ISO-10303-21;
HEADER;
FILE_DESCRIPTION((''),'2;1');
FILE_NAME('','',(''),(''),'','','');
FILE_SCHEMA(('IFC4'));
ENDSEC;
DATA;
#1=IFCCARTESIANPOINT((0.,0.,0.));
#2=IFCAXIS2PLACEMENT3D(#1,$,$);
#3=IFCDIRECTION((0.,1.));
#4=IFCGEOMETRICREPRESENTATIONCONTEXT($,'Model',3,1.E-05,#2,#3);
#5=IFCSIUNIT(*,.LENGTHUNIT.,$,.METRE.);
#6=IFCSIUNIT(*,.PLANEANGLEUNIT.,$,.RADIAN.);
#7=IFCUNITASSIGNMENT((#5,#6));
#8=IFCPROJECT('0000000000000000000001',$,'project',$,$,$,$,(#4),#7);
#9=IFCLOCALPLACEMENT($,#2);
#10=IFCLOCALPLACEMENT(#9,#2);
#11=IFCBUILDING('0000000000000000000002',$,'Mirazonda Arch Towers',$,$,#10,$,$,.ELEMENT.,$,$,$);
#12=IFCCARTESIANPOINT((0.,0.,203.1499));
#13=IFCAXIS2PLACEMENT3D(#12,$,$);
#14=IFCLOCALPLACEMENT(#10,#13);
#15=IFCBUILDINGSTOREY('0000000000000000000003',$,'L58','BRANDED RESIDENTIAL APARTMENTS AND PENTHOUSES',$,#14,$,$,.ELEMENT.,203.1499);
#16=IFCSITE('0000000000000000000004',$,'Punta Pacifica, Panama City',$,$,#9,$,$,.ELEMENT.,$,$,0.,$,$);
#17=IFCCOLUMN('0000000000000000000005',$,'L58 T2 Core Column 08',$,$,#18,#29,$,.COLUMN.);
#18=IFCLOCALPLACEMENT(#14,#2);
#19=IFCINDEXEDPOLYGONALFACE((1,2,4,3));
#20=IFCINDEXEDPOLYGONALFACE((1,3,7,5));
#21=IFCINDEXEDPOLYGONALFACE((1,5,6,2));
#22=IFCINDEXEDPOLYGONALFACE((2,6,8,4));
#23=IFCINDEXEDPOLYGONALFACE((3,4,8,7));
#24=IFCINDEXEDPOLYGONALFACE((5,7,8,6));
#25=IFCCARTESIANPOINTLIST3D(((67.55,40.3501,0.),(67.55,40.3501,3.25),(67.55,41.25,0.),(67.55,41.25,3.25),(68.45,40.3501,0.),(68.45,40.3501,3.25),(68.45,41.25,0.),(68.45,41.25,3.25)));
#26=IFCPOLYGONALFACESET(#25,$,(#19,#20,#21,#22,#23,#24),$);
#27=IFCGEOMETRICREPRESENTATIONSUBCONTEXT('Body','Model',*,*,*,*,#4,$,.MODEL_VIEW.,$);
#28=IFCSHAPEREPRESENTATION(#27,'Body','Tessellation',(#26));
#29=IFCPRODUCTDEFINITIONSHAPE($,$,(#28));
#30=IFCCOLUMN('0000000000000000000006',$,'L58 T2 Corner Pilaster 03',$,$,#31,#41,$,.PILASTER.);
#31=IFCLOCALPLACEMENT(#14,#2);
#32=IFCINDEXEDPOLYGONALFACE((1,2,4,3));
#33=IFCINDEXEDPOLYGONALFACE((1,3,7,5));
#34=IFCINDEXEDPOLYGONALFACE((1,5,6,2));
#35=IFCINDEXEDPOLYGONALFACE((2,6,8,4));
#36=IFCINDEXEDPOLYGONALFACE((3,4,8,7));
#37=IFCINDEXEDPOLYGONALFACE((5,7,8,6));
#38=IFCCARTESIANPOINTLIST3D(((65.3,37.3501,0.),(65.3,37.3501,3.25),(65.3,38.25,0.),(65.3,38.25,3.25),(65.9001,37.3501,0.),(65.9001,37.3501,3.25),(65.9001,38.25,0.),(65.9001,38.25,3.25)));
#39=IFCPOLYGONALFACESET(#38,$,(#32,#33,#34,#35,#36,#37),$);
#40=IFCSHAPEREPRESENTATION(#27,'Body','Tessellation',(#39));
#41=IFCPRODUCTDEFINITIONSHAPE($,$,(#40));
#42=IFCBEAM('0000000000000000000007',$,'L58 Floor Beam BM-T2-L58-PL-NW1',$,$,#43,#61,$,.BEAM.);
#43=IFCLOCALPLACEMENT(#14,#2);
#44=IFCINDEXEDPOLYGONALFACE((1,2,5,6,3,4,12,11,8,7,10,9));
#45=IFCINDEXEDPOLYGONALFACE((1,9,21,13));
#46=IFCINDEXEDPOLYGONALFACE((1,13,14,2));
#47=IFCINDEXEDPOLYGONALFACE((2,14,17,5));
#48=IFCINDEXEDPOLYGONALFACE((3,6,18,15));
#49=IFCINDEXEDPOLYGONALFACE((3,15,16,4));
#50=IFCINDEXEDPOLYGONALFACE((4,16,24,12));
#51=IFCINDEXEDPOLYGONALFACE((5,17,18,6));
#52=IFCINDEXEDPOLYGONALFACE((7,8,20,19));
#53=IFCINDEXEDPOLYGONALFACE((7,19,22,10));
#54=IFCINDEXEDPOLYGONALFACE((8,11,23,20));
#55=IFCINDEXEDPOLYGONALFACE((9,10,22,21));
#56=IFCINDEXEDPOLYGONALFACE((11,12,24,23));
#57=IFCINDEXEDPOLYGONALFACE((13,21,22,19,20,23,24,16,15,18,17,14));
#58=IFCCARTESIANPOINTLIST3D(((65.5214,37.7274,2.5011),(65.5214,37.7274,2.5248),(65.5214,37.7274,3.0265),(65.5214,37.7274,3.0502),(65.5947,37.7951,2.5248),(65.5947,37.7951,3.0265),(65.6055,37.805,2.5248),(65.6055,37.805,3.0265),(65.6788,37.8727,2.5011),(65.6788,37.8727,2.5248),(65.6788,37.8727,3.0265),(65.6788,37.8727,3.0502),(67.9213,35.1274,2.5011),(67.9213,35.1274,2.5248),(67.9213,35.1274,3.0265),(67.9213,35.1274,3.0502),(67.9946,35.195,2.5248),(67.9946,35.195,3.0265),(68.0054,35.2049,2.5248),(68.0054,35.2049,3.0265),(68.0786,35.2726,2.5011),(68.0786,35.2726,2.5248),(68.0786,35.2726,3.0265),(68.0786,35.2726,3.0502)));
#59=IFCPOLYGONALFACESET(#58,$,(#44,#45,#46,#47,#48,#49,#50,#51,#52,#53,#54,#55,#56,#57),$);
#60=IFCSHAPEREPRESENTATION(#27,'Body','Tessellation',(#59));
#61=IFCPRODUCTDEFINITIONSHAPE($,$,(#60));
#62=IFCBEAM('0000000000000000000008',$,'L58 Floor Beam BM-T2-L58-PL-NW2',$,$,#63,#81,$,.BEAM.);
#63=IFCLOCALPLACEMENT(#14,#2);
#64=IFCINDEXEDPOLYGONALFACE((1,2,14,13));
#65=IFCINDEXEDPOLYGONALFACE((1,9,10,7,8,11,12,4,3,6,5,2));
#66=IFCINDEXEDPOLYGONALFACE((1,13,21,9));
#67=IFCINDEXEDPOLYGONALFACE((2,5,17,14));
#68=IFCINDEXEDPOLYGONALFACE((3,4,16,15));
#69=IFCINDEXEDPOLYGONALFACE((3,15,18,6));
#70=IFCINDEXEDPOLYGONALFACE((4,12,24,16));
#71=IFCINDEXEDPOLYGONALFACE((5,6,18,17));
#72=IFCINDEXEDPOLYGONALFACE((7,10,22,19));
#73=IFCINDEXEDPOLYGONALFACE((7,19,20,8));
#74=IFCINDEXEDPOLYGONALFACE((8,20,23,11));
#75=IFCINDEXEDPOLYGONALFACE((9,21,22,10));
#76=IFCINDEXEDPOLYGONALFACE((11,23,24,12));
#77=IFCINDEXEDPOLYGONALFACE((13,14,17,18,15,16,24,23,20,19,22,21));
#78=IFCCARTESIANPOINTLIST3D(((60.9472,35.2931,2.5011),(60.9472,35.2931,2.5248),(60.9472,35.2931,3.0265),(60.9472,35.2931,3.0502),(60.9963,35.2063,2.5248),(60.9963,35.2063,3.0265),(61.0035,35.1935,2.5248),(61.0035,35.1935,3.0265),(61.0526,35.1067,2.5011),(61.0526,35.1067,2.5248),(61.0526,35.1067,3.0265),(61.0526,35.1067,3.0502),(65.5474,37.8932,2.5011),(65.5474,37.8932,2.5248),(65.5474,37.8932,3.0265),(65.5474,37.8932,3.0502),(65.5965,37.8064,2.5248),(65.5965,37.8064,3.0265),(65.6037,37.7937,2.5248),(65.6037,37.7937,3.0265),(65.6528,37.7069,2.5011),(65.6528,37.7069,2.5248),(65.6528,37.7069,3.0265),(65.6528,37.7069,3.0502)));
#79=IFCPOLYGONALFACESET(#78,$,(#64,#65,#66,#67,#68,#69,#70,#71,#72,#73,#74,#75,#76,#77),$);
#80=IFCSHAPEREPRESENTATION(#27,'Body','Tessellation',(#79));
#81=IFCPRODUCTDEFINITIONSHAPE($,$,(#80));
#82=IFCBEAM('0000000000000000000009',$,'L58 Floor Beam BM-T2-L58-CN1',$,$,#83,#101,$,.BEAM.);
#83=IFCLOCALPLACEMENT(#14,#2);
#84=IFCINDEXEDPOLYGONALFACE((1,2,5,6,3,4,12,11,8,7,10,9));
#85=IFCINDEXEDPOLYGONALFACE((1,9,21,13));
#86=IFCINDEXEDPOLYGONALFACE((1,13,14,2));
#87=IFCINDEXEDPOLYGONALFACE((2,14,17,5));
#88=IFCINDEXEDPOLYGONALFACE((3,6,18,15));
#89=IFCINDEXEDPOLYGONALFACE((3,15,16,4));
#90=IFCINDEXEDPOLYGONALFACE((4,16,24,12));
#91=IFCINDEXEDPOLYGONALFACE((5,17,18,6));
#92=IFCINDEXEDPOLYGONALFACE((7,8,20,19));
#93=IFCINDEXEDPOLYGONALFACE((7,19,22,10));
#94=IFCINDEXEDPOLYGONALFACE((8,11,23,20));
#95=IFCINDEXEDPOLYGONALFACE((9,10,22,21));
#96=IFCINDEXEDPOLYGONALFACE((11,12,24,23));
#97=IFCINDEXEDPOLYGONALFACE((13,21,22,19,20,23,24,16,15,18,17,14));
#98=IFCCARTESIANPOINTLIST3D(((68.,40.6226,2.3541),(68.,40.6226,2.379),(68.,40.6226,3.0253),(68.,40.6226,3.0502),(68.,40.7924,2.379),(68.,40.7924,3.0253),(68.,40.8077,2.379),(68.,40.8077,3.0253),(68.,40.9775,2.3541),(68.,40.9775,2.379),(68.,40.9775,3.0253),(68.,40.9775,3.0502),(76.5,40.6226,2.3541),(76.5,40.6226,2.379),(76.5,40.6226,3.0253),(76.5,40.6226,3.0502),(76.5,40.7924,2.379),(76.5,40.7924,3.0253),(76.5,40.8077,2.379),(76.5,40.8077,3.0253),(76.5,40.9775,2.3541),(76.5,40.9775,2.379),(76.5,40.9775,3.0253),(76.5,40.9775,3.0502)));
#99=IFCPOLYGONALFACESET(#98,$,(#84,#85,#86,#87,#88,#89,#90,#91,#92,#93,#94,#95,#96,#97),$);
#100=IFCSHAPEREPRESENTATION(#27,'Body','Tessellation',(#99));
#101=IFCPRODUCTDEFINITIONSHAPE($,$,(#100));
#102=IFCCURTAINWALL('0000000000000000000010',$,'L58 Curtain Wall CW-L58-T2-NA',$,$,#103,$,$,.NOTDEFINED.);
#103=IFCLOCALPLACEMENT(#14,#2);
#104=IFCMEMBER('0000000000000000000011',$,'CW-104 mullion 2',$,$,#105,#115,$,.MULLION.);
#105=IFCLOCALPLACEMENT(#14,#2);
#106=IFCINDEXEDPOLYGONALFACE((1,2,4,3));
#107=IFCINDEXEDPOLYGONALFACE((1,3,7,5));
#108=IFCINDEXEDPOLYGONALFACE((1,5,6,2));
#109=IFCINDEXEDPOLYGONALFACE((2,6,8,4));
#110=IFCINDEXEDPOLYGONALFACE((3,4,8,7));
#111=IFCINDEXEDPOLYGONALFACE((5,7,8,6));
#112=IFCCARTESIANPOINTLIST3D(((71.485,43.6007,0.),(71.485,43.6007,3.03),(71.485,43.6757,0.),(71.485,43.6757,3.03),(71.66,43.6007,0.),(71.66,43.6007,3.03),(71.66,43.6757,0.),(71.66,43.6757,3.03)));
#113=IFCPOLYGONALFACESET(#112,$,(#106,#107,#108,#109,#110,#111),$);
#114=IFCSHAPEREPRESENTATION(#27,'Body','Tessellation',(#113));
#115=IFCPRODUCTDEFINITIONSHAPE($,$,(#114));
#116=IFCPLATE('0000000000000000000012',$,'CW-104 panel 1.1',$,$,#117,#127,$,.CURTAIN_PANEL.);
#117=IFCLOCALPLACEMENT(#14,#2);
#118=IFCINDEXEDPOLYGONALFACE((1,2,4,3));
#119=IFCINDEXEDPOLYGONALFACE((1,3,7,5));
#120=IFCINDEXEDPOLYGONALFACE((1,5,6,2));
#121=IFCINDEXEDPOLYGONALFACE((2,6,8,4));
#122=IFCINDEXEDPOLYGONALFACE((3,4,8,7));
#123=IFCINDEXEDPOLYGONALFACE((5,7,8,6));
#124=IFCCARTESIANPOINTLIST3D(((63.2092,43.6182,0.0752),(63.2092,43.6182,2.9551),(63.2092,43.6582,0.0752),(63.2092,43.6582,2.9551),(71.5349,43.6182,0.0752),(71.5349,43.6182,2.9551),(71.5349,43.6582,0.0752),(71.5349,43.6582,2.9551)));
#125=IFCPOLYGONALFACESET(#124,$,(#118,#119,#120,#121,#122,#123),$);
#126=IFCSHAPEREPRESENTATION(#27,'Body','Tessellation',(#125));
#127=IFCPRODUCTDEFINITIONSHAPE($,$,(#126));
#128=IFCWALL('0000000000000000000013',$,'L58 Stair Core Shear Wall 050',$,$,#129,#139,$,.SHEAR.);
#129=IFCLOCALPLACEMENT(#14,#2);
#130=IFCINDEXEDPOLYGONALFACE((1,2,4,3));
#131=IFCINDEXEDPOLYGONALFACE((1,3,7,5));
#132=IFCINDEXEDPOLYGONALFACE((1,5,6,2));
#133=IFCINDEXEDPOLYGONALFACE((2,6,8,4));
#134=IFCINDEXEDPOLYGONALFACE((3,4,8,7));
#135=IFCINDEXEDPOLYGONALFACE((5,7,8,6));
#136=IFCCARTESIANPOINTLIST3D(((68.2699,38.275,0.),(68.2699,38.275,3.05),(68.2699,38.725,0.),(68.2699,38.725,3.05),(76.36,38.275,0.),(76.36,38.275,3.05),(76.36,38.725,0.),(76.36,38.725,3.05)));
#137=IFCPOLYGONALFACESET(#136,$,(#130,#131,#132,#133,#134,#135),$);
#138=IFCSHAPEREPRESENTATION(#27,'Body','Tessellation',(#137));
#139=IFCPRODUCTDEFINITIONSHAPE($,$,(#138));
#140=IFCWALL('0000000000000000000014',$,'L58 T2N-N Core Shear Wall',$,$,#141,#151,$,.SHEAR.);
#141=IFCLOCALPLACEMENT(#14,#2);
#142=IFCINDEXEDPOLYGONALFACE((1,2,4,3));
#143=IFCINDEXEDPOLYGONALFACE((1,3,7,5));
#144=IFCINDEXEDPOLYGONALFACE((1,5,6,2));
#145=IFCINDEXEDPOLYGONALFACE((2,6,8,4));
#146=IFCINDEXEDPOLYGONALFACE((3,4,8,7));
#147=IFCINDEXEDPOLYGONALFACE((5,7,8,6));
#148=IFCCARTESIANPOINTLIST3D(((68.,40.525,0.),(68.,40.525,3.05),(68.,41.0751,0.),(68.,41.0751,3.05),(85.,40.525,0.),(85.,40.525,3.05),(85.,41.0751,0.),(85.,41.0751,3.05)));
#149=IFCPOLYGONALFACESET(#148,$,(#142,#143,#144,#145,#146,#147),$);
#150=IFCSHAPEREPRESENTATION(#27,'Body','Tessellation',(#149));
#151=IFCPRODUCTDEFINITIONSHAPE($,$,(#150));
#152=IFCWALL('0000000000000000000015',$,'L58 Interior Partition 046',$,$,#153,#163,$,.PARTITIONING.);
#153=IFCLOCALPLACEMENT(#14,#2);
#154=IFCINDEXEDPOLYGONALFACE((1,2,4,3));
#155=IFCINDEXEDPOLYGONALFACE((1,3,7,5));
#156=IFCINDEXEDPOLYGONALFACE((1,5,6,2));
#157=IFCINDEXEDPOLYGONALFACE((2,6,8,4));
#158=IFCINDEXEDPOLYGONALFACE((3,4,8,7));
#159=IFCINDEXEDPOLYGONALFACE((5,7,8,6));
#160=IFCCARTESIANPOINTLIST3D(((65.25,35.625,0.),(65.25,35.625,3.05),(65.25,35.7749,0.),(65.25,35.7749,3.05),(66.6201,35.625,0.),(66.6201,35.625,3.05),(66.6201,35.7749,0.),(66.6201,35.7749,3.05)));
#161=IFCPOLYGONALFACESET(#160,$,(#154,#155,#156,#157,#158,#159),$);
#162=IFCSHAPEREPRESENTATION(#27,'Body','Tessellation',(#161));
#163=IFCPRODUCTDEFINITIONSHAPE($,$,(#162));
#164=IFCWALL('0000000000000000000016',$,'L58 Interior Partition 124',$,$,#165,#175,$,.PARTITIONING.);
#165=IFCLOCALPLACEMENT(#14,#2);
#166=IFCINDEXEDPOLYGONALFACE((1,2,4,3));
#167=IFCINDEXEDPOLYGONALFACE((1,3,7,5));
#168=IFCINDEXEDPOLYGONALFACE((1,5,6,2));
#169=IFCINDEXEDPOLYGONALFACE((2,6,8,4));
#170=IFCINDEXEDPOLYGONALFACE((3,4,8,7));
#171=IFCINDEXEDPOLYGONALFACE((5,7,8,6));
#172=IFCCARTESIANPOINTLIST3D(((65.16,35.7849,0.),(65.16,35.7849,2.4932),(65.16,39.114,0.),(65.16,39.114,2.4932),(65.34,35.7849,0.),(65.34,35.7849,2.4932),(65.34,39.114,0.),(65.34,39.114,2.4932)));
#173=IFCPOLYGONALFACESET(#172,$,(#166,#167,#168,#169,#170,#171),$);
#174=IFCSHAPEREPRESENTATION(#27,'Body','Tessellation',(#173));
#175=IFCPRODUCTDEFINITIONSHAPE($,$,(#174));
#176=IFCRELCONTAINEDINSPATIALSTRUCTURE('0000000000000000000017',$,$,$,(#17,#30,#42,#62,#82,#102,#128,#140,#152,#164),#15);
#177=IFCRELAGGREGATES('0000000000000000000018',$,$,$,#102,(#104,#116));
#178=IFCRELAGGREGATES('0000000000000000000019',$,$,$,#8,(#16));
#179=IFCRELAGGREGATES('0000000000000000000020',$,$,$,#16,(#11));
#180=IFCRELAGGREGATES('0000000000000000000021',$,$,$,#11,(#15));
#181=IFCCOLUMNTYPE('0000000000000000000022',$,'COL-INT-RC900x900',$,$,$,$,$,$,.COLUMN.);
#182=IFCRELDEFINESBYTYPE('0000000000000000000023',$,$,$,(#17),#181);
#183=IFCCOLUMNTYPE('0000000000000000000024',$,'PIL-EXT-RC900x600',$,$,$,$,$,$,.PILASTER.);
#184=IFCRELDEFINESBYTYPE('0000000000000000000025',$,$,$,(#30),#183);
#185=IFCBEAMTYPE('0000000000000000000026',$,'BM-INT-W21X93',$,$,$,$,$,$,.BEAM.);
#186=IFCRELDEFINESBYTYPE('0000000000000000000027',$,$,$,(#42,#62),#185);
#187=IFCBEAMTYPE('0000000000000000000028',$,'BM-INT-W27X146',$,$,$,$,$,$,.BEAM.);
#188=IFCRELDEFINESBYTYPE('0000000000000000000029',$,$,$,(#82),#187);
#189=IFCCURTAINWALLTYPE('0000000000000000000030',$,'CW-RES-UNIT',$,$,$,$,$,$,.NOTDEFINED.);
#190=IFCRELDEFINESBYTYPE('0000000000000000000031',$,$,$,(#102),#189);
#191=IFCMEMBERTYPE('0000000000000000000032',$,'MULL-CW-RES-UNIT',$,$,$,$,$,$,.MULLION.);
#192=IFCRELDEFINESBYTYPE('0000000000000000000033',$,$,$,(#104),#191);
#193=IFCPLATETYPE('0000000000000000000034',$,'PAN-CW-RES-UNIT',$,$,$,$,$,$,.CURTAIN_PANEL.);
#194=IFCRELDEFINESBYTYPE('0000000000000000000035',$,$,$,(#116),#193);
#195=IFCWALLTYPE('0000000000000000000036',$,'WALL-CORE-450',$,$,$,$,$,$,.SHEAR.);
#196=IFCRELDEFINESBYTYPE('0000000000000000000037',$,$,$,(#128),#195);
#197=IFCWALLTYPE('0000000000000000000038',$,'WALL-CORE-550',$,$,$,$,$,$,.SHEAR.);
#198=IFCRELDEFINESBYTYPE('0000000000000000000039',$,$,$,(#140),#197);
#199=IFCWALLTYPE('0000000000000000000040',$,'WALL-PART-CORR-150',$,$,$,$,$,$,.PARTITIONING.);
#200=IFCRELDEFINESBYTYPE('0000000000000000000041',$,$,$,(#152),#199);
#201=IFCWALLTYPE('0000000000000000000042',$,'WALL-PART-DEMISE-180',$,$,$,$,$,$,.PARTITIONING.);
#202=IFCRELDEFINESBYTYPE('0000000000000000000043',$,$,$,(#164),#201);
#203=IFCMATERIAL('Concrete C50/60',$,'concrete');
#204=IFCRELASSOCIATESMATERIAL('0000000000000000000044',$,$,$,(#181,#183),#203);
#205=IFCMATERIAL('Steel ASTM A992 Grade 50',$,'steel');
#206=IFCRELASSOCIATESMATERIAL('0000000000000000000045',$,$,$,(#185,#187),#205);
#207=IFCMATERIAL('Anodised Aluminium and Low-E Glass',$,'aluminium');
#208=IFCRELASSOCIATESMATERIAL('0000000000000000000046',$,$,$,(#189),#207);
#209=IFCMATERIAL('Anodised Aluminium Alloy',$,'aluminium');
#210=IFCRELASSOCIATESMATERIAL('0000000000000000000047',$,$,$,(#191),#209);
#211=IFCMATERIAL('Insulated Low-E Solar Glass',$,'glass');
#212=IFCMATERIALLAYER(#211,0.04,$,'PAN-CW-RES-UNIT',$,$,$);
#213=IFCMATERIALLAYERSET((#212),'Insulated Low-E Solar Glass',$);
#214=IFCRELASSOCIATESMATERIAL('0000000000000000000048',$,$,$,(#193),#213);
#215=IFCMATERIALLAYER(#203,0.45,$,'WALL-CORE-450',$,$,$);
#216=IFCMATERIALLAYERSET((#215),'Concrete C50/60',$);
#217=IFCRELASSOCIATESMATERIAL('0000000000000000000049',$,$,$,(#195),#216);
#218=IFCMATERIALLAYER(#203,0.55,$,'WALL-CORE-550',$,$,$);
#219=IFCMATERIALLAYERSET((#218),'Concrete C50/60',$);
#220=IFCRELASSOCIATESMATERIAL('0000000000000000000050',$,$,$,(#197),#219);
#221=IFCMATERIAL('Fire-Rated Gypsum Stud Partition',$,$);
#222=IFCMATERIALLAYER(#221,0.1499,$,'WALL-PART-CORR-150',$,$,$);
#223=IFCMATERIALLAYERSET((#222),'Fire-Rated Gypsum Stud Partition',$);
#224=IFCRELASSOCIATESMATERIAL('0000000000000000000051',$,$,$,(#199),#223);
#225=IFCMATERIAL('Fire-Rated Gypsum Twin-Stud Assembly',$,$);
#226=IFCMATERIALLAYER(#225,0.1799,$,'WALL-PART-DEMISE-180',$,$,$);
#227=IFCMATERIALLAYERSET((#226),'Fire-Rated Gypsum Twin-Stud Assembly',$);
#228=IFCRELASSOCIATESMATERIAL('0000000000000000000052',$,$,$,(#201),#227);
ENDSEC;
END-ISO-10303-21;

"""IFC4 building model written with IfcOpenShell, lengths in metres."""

from ifc_helpers import new_model, si_unit, direction, frame, frame_2d, origin, origin_2d, place, context, subcontext, project, spatial, rectangle, i_section, extrude, material, layer, layer_set, material_profile, profile_set, type_object, element, aggregate, save


model = new_model("IFC4")

# Units and contexts
model_context = context("Model", 3, precision=1e-05, world=origin(), true_north=direction((0.0, 1.0)))
body_context = subcontext(model_context, "Body", "Model", "MODEL_VIEW")
ifc_project = project(units=[si_unit("LENGTHUNIT", "METRE"), si_unit("PLANEANGLEUNIT", "RADIAN")], contexts=[model_context])

# Site, building, storey
site_placement = place(None, origin())
site = spatial("IfcSite", under=ifc_project, at=site_placement, Name="Punta Pacifica, Panama City", CompositionType="ELEMENT", RefElevation=0.0)
building_placement = place(site_placement, origin())
building = spatial("IfcBuilding", under=site, at=building_placement, Name="Mirazonda Arch Towers", CompositionType="ELEMENT")
storey_placement = place(building_placement, frame((0.0, 0.0, 203.1499)))
storey = spatial("IfcBuildingStorey", under=building, at=storey_placement, Name="L58", Description="BRANDED RESIDENTIAL APARTMENTS AND PENTHOUSES", CompositionType="ELEMENT", Elevation=203.1499)

# Columns
ifc_material_1 = material(Name="Concrete C50/60", Category="concrete")
ifc_material_profile_1 = material_profile(ifc_material_1, rectangle(XDim=0.8999, YDim=0.8999, at=origin_2d()), Name="RC900x900")
ifc_profile_set_1 = profile_set([ifc_material_profile_1], Name="Concrete C50/60")
column_type_1 = type_object("IfcColumnType", Name="COL-INT-RC900x900", PredefinedType="COLUMN", material=ifc_profile_set_1)
column_1_placement = place(storey_placement, frame((68.0, 40.8, 0.0), z_axis=(0.0, 0.0, 1.0), x_axis=(1.0, 0.0, 0.0)))
element("IfcColumn", 1, at=column_1_placement, inside=storey, type_object=column_type_1, Name="L58 T2 Core Column 08", PredefinedType="COLUMN", context=body_context, shape_type="SweptSolid", body=[
    extrude(rectangle(XDim=0.8999, YDim=0.8999, at=origin_2d()), origin(), (0.0, 0.0, 1.0), 3.25),
])
ifc_material_profile_2 = material_profile(ifc_material_1, rectangle(XDim=0.6001, YDim=0.8999, at=origin_2d()), Name="RC900x600")
ifc_profile_set_2 = profile_set([ifc_material_profile_2], Name="Concrete C50/60")
column_type_2 = type_object("IfcColumnType", Name="PIL-EXT-RC900x600", PredefinedType="PILASTER", material=ifc_profile_set_2)
column_2_placement = place(storey_placement, frame((65.6001, 37.8, 0.0), z_axis=(0.0, 0.0, 1.0), x_axis=(1.0, 0.0, 0.0)))
element("IfcColumn", 2, at=column_2_placement, inside=storey, type_object=column_type_2, Name="L58 T2 Corner Pilaster 03", PredefinedType="PILASTER", context=body_context, shape_type="SweptSolid", body=[
    extrude(rectangle(XDim=0.6001, YDim=0.8999, at=origin_2d()), origin(), (0.0, 0.0, 1.0), 3.25),
])

# Beams
ifc_material_2 = material(Name="Steel ASTM A992 Grade 50", Category="steel")
ifc_material_profile_3 = material_profile(ifc_material_2, i_section(OverallWidth=0.2141, OverallDepth=0.5491, WebThickness=0.0146, FlangeThickness=0.0237, at=origin_2d()), Name="W21X93")
ifc_profile_set_3 = profile_set([ifc_material_profile_3], Name="Steel ASTM A992 Grade 50")
beam_type_1 = type_object("IfcBeamType", Name="BM-INT-W21X93", PredefinedType="BEAM", material=ifc_profile_set_3)
beam_1_placement = place(storey_placement, frame((65.6001, 37.8, 2.7756), z_axis=(0.678251, -0.73483, 0.0), x_axis=(0.73483, 0.678251, 0.0)))
element("IfcBeam", 3, at=beam_1_placement, inside=storey, type_object=beam_type_1, Name="L58 Floor Beam BM-T2-L58-PL-NW1", PredefinedType="BEAM", context=body_context, shape_type="SweptSolid", body=[
    extrude(i_section(OverallWidth=0.2141, OverallDepth=0.5491, WebThickness=0.0146, FlangeThickness=0.0237, at=origin_2d()), origin(), (0.0, 0.0, 1.0), 3.5383),
])
beam_2_placement = place(storey_placement, frame((65.6001, 37.8, 2.7756), z_axis=(-0.870559, -0.492063, 0.0), x_axis=(0.492063, -0.870559, 0.0)))
element("IfcBeam", 4, at=beam_2_placement, inside=storey, type_object=beam_type_1, Name="L58 Floor Beam BM-T2-L58-PL-NW2", PredefinedType="BEAM", context=body_context, shape_type="SweptSolid", body=[
    extrude(i_section(OverallWidth=0.2141, OverallDepth=0.5491, WebThickness=0.0146, FlangeThickness=0.0237, at=origin_2d()), origin(), (0.0, 0.0, 1.0), 5.2842),
])
ifc_material_profile_4 = material_profile(ifc_material_2, i_section(OverallWidth=0.355, OverallDepth=0.696, WebThickness=0.0154, FlangeThickness=0.0249, at=origin_2d()), Name="W27X146")
ifc_profile_set_4 = profile_set([ifc_material_profile_4], Name="Steel ASTM A992 Grade 50")
beam_type_2 = type_object("IfcBeamType", Name="BM-INT-W27X146", PredefinedType="BEAM", material=ifc_profile_set_4)
beam_3_placement = place(storey_placement, frame((68.0, 40.8, 2.7021), z_axis=(1.0, 0.0, 0.0), x_axis=(0.0, 1.0, 0.0)))
element("IfcBeam", 5, at=beam_3_placement, inside=storey, type_object=beam_type_2, Name="L58 Floor Beam BM-T2-L58-CN1", PredefinedType="BEAM", context=body_context, shape_type="SweptSolid", body=[
    extrude(i_section(OverallWidth=0.355, OverallDepth=0.696, WebThickness=0.0154, FlangeThickness=0.0249, at=origin_2d()), origin(), (0.0, 0.0, 1.0), 8.5),
])

# Curtain wall, member, plate
ifc_material_3 = material(Name="Anodised Aluminium and Low-E Glass", Category="aluminium")
curtain_wall_type = type_object("IfcCurtainWallType", Name="CW-RES-UNIT", PredefinedType="NOTDEFINED", material=ifc_material_3)
curtain_wall_placement = place(storey_placement, origin())
curtain_wall = element("IfcCurtainWall", 6, at=curtain_wall_placement, inside=storey, type_object=curtain_wall_type, Name="L58 Curtain Wall CW-L58-T2-NA", PredefinedType="NOTDEFINED")
ifc_material_4 = material(Name="Anodised Aluminium Alloy", Category="aluminium")
ifc_material_profile_5 = material_profile(ifc_material_4, rectangle(XDim=0.075, YDim=0.175, at=origin_2d()), Name="ALU-MULL-75x175")
ifc_profile_set_5 = profile_set([ifc_material_profile_5], Name="Anodised Aluminium Alloy")
member_type = type_object("IfcMemberType", Name="MULL-CW-RES-UNIT", PredefinedType="MULLION", material=ifc_profile_set_5)
member_placement = place(storey_placement, frame((71.5725, 43.6382, 0.0), z_axis=(0.0, 0.0, 1.0), x_axis=(0.0, 1.0, 0.0)))
member = element("IfcMember", 7, at=member_placement, type_object=member_type, Name="CW-104 mullion 2", PredefinedType="MULLION", context=body_context, shape_type="SweptSolid", body=[
    extrude(rectangle(XDim=0.075, YDim=0.175, at=origin_2d()), origin(), (0.0, 0.0, 1.0), 3.03),
])
ifc_material_5 = material(Name="Insulated Low-E Solar Glass", Category="glass")
ifc_layer_1 = layer(ifc_material_5, 0.04, Name="PAN-CW-RES-UNIT")
ifc_layer_set_1 = layer_set([ifc_layer_1], Name="Insulated Low-E Solar Glass")
plate_type = type_object("IfcPlateType", Name="PAN-CW-RES-UNIT", PredefinedType="CURTAIN_PANEL", material=ifc_layer_set_1)
plate_placement = place(storey_placement, frame((67.3721, 43.6382, 0.0752), z_axis=(0.0, 0.0, 1.0), x_axis=(1.0, 0.0, 0.0)))
plate = element("IfcPlate", 8, at=plate_placement, type_object=plate_type, Name="CW-104 panel 1.1", PredefinedType="CURTAIN_PANEL", context=body_context, shape_type="SweptSolid", body=[
    extrude(rectangle(XDim=8.3257, YDim=0.04, at=origin_2d()), origin(), (0.0, 0.0, 1.0), 2.8799),
])
aggregate(curtain_wall, [member, plate])

# Walls
ifc_layer_2 = layer(ifc_material_1, 0.45, Name="WALL-CORE-450")
ifc_layer_set_2 = layer_set([ifc_layer_2], Name="Concrete C50/60")
wall_type_1 = type_object("IfcWallType", Name="WALL-CORE-450", PredefinedType="SHEAR", material=ifc_layer_set_2)
wall_1_placement = place(storey_placement, frame((68.27, 38.5, 0.0), z_axis=(0.0, 0.0, 1.0), x_axis=(1.0, 0.0, 0.0)))
element("IfcWall", 9, at=wall_1_placement, inside=storey, type_object=wall_type_1, Name="L58 Stair Core Shear Wall 050", PredefinedType="SHEAR", context=body_context, shape_type="SweptSolid", body=[
    extrude(rectangle(XDim=8.0901, YDim=0.45, at=frame_2d((4.0449, 0.0))), origin(), (0.0, 0.0, 1.0), 3.05),
])
ifc_layer_3 = layer(ifc_material_1, 0.55, Name="WALL-CORE-550")
ifc_layer_set_3 = layer_set([ifc_layer_3], Name="Concrete C50/60")
wall_type_2 = type_object("IfcWallType", Name="WALL-CORE-550", PredefinedType="SHEAR", material=ifc_layer_set_3)
wall_2_placement = place(storey_placement, frame((68.0, 40.8, 0.0), z_axis=(0.0, 0.0, 1.0), x_axis=(1.0, 0.0, 0.0)))
element("IfcWall", 10, at=wall_2_placement, inside=storey, type_object=wall_type_2, Name="L58 T2N-N Core Shear Wall", PredefinedType="SHEAR", context=body_context, shape_type="SweptSolid", body=[
    extrude(rectangle(XDim=17.0, YDim=0.55, at=frame_2d((8.5, 0.0))), origin(), (0.0, 0.0, 1.0), 3.05),
])
ifc_material_6 = material(Name="Fire-Rated Gypsum Stud Partition")
ifc_layer_4 = layer(ifc_material_6, 0.1499, Name="WALL-PART-CORR-150")
ifc_layer_set_4 = layer_set([ifc_layer_4], Name="Fire-Rated Gypsum Stud Partition")
wall_type_3 = type_object("IfcWallType", Name="WALL-PART-CORR-150", PredefinedType="PARTITIONING", material=ifc_layer_set_4)
wall_3_placement = place(storey_placement, frame((65.25, 35.7, 0.0), z_axis=(0.0, 0.0, 1.0), x_axis=(1.0, 0.0, 0.0)))
element("IfcWall", 11, at=wall_3_placement, inside=storey, type_object=wall_type_3, Name="L58 Interior Partition 046", PredefinedType="PARTITIONING", context=body_context, shape_type="SweptSolid", body=[
    extrude(rectangle(XDim=1.3701, YDim=0.1499, at=frame_2d((0.6851, 0.0))), origin(), (0.0, 0.0, 1.0), 3.05),
])
ifc_material_7 = material(Name="Fire-Rated Gypsum Twin-Stud Assembly")
ifc_layer_5 = layer(ifc_material_7, 0.1799, Name="WALL-PART-DEMISE-180")
ifc_layer_set_5 = layer_set([ifc_layer_5], Name="Fire-Rated Gypsum Twin-Stud Assembly")
wall_type_4 = type_object("IfcWallType", Name="WALL-PART-DEMISE-180", PredefinedType="PARTITIONING", material=ifc_layer_set_5)
wall_4_placement = place(storey_placement, frame((65.25, 35.7849, 0.0), z_axis=(0.0, 0.0, 1.0), x_axis=(0.0, 1.0, 0.0)))
element("IfcWall", 12, at=wall_4_placement, inside=storey, type_object=wall_type_4, Name="L58 Interior Partition 124", PredefinedType="PARTITIONING", context=body_context, shape_type="SweptSolid", body=[
    extrude(rectangle(XDim=3.3291, YDim=0.1799, at=frame_2d((1.6646, 0.0))), origin(), (0.0, 0.0, 1.0), 2.4932),
])

save(model, "model.ifc")
